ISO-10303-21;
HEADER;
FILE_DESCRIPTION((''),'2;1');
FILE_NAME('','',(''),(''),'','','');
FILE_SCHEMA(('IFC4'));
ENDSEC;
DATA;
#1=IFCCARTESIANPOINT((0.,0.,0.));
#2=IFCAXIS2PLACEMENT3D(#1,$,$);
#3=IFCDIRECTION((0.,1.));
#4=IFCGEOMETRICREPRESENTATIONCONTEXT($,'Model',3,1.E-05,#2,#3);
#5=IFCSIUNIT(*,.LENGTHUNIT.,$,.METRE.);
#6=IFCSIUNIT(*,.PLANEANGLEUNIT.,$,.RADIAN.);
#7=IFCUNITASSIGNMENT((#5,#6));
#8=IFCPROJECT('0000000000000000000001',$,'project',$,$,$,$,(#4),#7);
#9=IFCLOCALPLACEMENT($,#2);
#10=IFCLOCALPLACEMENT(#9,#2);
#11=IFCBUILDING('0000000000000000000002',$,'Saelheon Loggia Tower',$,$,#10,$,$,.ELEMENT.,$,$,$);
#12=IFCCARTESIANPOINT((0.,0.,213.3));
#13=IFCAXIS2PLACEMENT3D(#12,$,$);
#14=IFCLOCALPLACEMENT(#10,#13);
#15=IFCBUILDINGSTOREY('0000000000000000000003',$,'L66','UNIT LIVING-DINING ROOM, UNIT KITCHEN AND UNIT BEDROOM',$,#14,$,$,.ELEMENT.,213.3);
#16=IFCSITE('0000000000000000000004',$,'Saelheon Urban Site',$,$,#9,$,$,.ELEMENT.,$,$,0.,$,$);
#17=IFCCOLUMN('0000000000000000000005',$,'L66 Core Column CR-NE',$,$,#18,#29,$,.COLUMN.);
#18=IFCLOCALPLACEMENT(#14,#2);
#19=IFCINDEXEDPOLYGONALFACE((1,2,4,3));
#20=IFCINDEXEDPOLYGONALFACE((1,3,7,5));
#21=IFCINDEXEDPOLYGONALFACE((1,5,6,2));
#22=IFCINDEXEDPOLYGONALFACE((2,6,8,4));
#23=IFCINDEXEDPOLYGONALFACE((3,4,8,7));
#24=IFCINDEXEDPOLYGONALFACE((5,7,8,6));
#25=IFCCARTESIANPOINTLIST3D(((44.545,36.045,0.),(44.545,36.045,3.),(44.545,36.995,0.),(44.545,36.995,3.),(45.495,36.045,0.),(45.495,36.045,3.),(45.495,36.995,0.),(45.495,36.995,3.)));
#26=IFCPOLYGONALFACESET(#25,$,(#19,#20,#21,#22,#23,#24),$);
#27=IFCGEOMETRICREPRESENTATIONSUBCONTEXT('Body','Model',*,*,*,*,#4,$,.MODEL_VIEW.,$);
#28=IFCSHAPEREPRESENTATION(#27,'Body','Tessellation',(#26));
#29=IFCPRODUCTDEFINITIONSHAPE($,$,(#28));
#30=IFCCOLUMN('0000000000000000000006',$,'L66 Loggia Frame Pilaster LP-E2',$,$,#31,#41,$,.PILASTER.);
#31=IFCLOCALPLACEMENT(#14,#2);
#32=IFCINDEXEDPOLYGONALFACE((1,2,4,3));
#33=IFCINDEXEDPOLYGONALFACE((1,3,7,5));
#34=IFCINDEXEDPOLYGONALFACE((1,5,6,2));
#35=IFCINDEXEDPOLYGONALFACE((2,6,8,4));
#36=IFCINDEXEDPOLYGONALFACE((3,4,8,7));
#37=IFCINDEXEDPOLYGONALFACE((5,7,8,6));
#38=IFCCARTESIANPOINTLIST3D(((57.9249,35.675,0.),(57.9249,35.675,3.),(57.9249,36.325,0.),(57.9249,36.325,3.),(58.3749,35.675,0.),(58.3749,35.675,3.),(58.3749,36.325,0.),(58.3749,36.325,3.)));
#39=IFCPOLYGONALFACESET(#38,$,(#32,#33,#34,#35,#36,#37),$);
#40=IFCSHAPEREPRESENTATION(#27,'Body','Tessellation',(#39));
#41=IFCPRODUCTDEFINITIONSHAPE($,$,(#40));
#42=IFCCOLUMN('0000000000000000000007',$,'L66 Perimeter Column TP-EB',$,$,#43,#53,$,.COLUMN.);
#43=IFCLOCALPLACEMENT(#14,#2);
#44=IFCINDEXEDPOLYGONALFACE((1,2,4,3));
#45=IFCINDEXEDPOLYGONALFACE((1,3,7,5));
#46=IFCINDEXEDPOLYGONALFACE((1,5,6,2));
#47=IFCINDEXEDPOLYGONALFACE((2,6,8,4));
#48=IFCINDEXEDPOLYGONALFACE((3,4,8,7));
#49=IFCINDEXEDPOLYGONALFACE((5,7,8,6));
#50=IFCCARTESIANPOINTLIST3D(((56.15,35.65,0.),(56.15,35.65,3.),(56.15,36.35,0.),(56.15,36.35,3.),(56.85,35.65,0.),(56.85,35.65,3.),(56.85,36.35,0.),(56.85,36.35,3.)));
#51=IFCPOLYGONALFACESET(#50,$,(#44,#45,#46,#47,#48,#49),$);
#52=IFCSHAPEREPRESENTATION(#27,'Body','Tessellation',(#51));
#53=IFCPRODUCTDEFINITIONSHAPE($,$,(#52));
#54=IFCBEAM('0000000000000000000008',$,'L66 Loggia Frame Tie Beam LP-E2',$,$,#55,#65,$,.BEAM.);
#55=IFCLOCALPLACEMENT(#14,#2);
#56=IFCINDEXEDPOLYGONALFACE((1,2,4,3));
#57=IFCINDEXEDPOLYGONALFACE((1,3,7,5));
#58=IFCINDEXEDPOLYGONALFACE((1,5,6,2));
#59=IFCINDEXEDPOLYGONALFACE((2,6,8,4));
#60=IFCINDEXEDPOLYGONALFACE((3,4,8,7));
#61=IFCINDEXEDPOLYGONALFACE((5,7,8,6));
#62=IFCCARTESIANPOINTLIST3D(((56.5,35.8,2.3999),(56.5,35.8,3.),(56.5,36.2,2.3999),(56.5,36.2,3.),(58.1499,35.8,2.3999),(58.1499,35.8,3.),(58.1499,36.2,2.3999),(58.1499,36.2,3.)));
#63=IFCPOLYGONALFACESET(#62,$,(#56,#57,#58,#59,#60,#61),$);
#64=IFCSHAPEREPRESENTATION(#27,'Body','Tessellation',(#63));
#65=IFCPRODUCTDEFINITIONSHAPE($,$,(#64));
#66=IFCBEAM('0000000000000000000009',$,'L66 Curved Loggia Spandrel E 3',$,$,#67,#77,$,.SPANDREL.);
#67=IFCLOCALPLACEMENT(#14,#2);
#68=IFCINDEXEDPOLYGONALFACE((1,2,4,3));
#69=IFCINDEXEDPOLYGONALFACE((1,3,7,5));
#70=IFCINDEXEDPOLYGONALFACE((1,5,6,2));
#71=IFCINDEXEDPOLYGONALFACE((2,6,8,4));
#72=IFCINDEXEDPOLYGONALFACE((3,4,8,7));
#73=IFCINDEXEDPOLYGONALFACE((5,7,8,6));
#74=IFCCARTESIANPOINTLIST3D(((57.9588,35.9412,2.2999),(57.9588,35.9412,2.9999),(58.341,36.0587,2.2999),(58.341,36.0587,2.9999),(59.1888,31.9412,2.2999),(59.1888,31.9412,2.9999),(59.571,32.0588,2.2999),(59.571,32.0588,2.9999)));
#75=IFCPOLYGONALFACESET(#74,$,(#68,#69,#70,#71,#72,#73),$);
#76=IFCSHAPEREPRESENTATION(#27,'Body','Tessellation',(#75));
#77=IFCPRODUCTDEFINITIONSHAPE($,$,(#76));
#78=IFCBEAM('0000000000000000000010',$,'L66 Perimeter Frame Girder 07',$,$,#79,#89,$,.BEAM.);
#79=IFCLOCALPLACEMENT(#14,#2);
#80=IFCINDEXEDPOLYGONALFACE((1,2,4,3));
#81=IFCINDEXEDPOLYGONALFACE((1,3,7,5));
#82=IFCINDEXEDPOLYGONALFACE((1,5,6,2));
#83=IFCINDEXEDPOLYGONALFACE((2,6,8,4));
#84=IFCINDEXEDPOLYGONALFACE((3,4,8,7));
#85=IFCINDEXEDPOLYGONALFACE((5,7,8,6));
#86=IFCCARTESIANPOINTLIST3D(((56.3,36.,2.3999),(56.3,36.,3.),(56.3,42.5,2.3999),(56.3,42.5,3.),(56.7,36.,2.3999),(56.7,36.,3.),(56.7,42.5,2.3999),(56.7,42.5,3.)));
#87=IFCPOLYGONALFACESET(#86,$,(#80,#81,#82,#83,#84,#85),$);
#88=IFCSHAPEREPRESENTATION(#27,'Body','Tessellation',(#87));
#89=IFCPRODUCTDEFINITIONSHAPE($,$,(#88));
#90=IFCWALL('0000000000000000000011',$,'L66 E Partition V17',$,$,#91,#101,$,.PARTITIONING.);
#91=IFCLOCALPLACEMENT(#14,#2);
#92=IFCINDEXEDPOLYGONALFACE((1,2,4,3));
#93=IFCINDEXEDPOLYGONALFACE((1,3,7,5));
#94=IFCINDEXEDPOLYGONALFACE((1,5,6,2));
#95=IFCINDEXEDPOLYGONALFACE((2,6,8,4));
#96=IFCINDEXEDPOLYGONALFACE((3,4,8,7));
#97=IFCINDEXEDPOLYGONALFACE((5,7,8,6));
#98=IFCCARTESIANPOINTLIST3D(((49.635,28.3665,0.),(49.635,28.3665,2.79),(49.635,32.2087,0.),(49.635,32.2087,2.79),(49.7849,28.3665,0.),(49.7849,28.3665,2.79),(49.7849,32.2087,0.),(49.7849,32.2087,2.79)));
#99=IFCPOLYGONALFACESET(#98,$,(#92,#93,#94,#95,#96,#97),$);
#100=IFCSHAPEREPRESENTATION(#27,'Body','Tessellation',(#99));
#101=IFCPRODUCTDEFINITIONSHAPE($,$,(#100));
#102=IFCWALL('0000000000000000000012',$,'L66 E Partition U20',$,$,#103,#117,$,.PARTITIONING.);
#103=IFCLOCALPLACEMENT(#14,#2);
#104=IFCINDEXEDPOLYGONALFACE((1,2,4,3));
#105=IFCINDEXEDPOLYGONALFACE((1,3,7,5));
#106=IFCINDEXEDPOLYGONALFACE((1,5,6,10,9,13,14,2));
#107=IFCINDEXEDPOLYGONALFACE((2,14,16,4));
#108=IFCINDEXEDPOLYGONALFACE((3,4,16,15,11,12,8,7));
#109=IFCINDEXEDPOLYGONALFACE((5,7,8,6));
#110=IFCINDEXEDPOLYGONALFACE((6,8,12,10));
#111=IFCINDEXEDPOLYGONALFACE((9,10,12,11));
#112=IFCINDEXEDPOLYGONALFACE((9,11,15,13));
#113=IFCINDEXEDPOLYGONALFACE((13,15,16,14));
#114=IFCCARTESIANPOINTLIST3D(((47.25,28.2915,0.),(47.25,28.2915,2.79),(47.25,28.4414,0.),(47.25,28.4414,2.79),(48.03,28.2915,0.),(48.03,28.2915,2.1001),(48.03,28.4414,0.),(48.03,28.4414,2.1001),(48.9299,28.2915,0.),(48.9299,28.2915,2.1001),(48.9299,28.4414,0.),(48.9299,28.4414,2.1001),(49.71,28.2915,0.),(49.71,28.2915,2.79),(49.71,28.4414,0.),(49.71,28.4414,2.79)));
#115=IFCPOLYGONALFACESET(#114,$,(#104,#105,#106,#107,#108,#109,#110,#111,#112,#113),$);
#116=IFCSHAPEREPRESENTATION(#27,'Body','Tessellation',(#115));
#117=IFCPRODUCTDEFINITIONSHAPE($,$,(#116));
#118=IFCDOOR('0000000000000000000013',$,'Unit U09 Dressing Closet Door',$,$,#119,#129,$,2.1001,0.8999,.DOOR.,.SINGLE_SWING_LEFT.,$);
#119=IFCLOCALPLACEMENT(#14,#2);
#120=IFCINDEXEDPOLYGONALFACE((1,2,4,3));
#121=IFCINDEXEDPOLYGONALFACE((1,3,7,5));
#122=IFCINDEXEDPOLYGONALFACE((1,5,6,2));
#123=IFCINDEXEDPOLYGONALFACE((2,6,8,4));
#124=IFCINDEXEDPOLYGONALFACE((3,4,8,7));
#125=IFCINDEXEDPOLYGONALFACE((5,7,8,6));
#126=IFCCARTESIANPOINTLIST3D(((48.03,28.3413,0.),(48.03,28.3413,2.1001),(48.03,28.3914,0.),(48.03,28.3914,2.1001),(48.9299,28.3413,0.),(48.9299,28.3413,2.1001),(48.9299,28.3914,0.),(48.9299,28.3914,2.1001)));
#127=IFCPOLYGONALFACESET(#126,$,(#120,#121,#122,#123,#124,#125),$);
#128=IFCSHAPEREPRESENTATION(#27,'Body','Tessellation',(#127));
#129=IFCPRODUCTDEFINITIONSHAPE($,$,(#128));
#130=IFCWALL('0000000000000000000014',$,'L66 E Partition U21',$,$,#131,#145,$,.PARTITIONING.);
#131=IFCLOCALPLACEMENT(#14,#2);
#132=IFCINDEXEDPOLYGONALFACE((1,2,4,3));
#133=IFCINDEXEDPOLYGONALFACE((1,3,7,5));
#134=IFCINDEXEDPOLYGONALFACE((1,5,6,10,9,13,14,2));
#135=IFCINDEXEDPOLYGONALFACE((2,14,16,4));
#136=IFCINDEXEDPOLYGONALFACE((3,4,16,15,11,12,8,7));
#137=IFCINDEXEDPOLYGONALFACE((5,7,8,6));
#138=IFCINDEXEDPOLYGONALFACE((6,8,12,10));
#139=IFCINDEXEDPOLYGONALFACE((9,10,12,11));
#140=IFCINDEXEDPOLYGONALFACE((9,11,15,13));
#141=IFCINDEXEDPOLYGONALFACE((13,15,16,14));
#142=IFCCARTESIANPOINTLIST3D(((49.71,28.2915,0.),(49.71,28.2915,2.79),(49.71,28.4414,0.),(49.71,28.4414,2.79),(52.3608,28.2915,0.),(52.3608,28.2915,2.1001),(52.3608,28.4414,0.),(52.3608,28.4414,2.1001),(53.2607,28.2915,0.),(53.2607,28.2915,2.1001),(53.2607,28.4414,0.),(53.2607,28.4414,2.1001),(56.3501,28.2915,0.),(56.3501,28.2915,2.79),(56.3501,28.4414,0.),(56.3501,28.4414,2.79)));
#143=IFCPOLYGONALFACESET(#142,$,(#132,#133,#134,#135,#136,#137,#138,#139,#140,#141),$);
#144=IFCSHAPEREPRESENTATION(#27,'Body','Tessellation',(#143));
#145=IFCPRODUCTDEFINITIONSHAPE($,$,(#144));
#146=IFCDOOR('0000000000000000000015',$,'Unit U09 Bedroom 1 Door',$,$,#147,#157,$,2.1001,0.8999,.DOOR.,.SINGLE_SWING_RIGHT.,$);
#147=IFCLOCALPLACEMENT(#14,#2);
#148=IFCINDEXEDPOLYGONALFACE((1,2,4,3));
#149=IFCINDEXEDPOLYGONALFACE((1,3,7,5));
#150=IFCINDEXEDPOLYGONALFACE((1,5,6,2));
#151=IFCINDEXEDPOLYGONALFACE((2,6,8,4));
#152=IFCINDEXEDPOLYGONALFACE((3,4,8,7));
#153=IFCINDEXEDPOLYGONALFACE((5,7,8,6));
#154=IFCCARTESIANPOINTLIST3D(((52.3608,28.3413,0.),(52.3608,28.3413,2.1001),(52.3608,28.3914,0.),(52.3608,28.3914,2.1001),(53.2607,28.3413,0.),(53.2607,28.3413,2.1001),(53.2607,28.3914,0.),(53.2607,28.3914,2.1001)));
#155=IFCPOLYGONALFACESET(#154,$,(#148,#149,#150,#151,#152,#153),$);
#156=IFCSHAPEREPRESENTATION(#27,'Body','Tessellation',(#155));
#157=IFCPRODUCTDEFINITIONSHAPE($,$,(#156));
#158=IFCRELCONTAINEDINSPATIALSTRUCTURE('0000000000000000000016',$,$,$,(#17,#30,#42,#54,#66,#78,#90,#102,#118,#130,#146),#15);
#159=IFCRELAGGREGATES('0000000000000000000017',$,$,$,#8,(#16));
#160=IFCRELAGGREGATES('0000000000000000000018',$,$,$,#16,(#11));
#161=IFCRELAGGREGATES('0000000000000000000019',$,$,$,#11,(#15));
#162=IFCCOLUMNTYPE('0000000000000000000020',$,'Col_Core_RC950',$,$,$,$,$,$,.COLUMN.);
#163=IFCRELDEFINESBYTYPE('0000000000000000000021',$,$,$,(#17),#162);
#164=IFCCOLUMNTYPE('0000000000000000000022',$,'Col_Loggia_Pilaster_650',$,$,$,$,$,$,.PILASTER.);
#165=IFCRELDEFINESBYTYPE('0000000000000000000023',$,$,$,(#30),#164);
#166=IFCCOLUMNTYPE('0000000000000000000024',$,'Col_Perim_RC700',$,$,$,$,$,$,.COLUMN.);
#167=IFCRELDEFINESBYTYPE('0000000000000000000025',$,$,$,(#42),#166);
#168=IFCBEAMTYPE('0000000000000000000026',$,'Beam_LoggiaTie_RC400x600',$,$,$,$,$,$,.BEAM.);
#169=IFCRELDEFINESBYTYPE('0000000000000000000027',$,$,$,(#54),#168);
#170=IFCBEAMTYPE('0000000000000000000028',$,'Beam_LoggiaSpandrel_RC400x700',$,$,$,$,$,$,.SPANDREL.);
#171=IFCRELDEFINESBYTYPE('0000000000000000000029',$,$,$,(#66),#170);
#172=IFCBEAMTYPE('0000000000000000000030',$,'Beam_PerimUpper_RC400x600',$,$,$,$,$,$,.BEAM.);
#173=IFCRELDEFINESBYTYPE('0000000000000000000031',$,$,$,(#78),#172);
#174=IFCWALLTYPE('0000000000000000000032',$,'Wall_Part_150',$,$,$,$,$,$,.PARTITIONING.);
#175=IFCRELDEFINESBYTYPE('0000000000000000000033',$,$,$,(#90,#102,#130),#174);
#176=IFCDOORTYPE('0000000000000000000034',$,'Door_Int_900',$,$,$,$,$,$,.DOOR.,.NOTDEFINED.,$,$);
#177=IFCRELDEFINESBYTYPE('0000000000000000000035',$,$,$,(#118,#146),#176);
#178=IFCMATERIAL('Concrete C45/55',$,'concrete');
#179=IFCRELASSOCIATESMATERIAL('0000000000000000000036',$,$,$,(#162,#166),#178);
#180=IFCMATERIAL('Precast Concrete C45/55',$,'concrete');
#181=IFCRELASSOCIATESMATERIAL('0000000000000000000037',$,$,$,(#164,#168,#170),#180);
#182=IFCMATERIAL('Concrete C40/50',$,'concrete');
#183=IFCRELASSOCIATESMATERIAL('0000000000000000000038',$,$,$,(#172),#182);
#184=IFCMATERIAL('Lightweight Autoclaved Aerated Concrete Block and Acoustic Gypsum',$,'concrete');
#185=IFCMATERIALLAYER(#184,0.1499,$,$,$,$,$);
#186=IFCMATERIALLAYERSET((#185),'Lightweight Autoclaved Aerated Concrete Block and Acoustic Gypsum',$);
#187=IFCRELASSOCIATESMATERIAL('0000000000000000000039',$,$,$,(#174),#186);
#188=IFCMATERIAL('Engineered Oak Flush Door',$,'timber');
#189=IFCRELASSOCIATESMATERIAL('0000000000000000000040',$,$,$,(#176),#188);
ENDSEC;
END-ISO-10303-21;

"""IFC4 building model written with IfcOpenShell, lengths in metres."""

from ifc_helpers import new_model, si_unit, direction, frame, frame_2d, origin, origin_2d, place, context, subcontext, project, spatial, rectangle, extrude, source, transform, mapped, material, layer, layer_set, material_profile, profile_set, type_object, element, fill, save


model = new_model("IFC4")

# Units and contexts
model_context = context("Model", 3, precision=1e-05, world=origin(), true_north=direction((0.0, 1.0)))
body_context = subcontext(model_context, "Body", "Model", "MODEL_VIEW")
ifc_project = project(units=[si_unit("LENGTHUNIT", "METRE"), si_unit("PLANEANGLEUNIT", "RADIAN")], contexts=[model_context])

# Site, building, storey
site_placement = place(None, origin())
site = spatial("IfcSite", under=ifc_project, at=site_placement, Name="Saelheon Urban Site", CompositionType="ELEMENT", RefElevation=0.0)
building_placement = place(site_placement, origin())
building = spatial("IfcBuilding", under=site, at=building_placement, Name="Saelheon Loggia Tower", CompositionType="ELEMENT")
storey_placement = place(building_placement, frame((0.0, 0.0, 213.3)))
storey = spatial("IfcBuildingStorey", under=building, at=storey_placement, Name="L66", Description="UNIT LIVING-DINING ROOM, UNIT KITCHEN AND UNIT BEDROOM", CompositionType="ELEMENT", Elevation=213.3)

# Columns
ifc_material_1 = material(Name="Concrete C45/55", Category="concrete")
ifc_material_profile_1 = material_profile(ifc_material_1, rectangle(XDim=0.95, YDim=0.95, at=origin_2d()), Name="RC-950x950")
ifc_profile_set_1 = profile_set([ifc_material_profile_1], Name="Concrete C45/55")
column_type_1 = type_object("IfcColumnType", Name="Col_Core_RC950", PredefinedType="COLUMN", material=ifc_profile_set_1)
shared_shape_1 = source(origin(), body_context, "Body", "SweptSolid", [
    extrude(rectangle(XDim=0.95, YDim=0.95, at=origin_2d()), origin(), (0.0, 0.0, 1.0), 3.0),
])
column_1_placement = place(storey_placement, frame((45.02, 36.52, 0.0), z_axis=(0.0, 0.0, 1.0), x_axis=(1.0, 0.0, 0.0)))
element("IfcColumn", 1, at=column_1_placement, inside=storey, type_object=column_type_1, Name="L66 Core Column CR-NE", PredefinedType="COLUMN", context=body_context, shape_type="MappedRepresentation", body=[
    mapped(shared_shape_1, transform((0.0, 0.0, 0.0), scale=1.0)),
])
ifc_material_2 = material(Name="Precast Concrete C45/55", Category="concrete")
ifc_material_profile_2 = material_profile(ifc_material_2, rectangle(XDim=0.45, YDim=0.6499, at=origin_2d()), Name="RC-450x650")
ifc_profile_set_2 = profile_set([ifc_material_profile_2], Name="Precast Concrete C45/55")
column_type_2 = type_object("IfcColumnType", Name="Col_Loggia_Pilaster_650", PredefinedType="PILASTER", material=ifc_profile_set_2)
shared_shape_2 = source(origin(), body_context, "Body", "SweptSolid", [
    extrude(rectangle(XDim=0.45, YDim=0.6499, at=origin_2d()), origin(), (0.0, 0.0, 1.0), 3.0),
])
column_2_placement = place(storey_placement, frame((58.1499, 36.0, 0.0), z_axis=(0.0, 0.0, 1.0), x_axis=(1.0, 0.0, 0.0)))
element("IfcColumn", 2, at=column_2_placement, inside=storey, type_object=column_type_2, Name="L66 Loggia Frame Pilaster LP-E2", PredefinedType="PILASTER", context=body_context, shape_type="MappedRepresentation", body=[
    mapped(shared_shape_2, transform((0.0, 0.0, 0.0), scale=1.0)),
])
ifc_material_profile_3 = material_profile(ifc_material_1, rectangle(XDim=0.7, YDim=0.7, at=origin_2d()), Name="RC-700x700")
ifc_profile_set_3 = profile_set([ifc_material_profile_3], Name="Concrete C45/55")
column_type_3 = type_object("IfcColumnType", Name="Col_Perim_RC700", PredefinedType="COLUMN", material=ifc_profile_set_3)
shared_shape_3 = source(origin(), body_context, "Body", "SweptSolid", [
    extrude(rectangle(XDim=0.7, YDim=0.7, at=origin_2d()), origin(), (0.0, 0.0, 1.0), 3.0),
])
column_3_placement = place(storey_placement, frame((56.5, 36.0, 0.0), z_axis=(0.0, 0.0, 1.0), x_axis=(1.0, 0.0, 0.0)))
element("IfcColumn", 3, at=column_3_placement, inside=storey, type_object=column_type_3, Name="L66 Perimeter Column TP-EB", PredefinedType="COLUMN", context=body_context, shape_type="MappedRepresentation", body=[
    mapped(shared_shape_3, transform((0.0, 0.0, 0.0), scale=1.0)),
])

# Beams
ifc_material_profile_4 = material_profile(ifc_material_2, rectangle(XDim=0.3999, YDim=0.6001, at=origin_2d()), Name="RC-400x600")
ifc_profile_set_4 = profile_set([ifc_material_profile_4], Name="Precast Concrete C45/55")
beam_type_1 = type_object("IfcBeamType", Name="Beam_LoggiaTie_RC400x600", PredefinedType="BEAM", material=ifc_profile_set_4)
shared_shape_4 = source(origin(), body_context, "Body", "SweptSolid", [
    extrude(rectangle(XDim=0.3999, YDim=0.6001, at=origin_2d()), origin(), (0.0, 0.0, 1.0), 1.6499),
])
beam_1_placement = place(storey_placement, frame((56.5, 36.0, 2.7), z_axis=(1.0, 0.0, 0.0), x_axis=(0.0, 1.0, 0.0)))
element("IfcBeam", 4, at=beam_1_placement, inside=storey, type_object=beam_type_1, Name="L66 Loggia Frame Tie Beam LP-E2", PredefinedType="BEAM", context=body_context, shape_type="MappedRepresentation", body=[
    mapped(shared_shape_4, transform((0.0, 0.0, 0.0), scale=1.0)),
])
ifc_material_profile_5 = material_profile(ifc_material_2, rectangle(XDim=0.3999, YDim=0.7, at=origin_2d()), Name="RC-400x700")
ifc_profile_set_5 = profile_set([ifc_material_profile_5], Name="Precast Concrete C45/55")
beam_type_2 = type_object("IfcBeamType", Name="Beam_LoggiaSpandrel_RC400x700", PredefinedType="SPANDREL", material=ifc_profile_set_5)
shared_shape_5 = source(origin(), body_context, "Body", "SweptSolid", [
    extrude(rectangle(XDim=0.3999, YDim=0.7, at=origin_2d()), origin(), (0.0, 0.0, 1.0), 4.1848),
])
beam_2_placement = place(storey_placement, frame((59.3799, 32.0, 2.6499), z_axis=(-0.293914, 0.955832, 0.0), x_axis=(-0.955832, -0.293914, 0.0)))
element("IfcBeam", 5, at=beam_2_placement, inside=storey, type_object=beam_type_2, Name="L66 Curved Loggia Spandrel E 3", PredefinedType="SPANDREL", context=body_context, shape_type="MappedRepresentation", body=[
    mapped(shared_shape_5, transform((0.0, 0.0, 0.0), scale=1.0)),
])
ifc_material_3 = material(Name="Concrete C40/50", Category="concrete")
ifc_material_profile_6 = material_profile(ifc_material_3, rectangle(XDim=0.3999, YDim=0.6001, at=origin_2d()), Name="RC-400x600")
ifc_profile_set_6 = profile_set([ifc_material_profile_6], Name="Concrete C40/50")
beam_type_3 = type_object("IfcBeamType", Name="Beam_PerimUpper_RC400x600", PredefinedType="BEAM", material=ifc_profile_set_6)
shared_shape_6 = source(origin(), body_context, "Body", "SweptSolid", [
    extrude(rectangle(XDim=0.3999, YDim=0.6001, at=origin_2d()), origin(), (0.0, 0.0, 1.0), 6.5),
])
beam_3_placement = place(storey_placement, frame((56.5, 36.0, 2.7), z_axis=(0.0, 1.0, 0.0), x_axis=(-1.0, 0.0, 0.0)))
element("IfcBeam", 6, at=beam_3_placement, inside=storey, type_object=beam_type_3, Name="L66 Perimeter Frame Girder 07", PredefinedType="BEAM", context=body_context, shape_type="MappedRepresentation", body=[
    mapped(shared_shape_6, transform((0.0, 0.0, 0.0), scale=1.0)),
])

# Wall
ifc_material_4 = material(Name="Lightweight Autoclaved Aerated Concrete Block and Acoustic Gypsum", Category="concrete")
ifc_layer_1 = layer(ifc_material_4, 0.1499)
ifc_layer_set_1 = layer_set([ifc_layer_1], Name="Lightweight Autoclaved Aerated Concrete Block and Acoustic Gypsum")
wall_type_1 = type_object("IfcWallType", Name="Wall_Part_150", PredefinedType="PARTITIONING", material=ifc_layer_set_1)
wall_1_placement = place(storey_placement, frame((49.71, 28.3665, 0.0), z_axis=(0.0, 0.0, 1.0), x_axis=(0.0, 1.0, 0.0)))
element("IfcWall", 7, at=wall_1_placement, inside=storey, type_object=wall_type_1, Name="L66 E Partition V17", PredefinedType="PARTITIONING", context=body_context, shape_type="SweptSolid", body=[
    extrude(rectangle(XDim=3.8423, YDim=0.1499, at=frame_2d((1.9211, 0.0))), origin(), (0.0, 0.0, 1.0), 2.79),
])

# Walls, openings, doors
wall_2_placement = place(storey_placement, frame((47.25, 28.3665, 0.0), z_axis=(0.0, 0.0, 1.0), x_axis=(1.0, 0.0, 0.0)))
wall_2 = element("IfcWall", 8, at=wall_2_placement, inside=storey, type_object=wall_type_1, Name="L66 E Partition U20", PredefinedType="PARTITIONING", context=body_context, shape_type="SweptSolid", body=[
    extrude(rectangle(XDim=2.46, YDim=0.1499, at=frame_2d((1.23, 0.0))), origin(), (0.0, 0.0, 1.0), 2.79),
])
opening_1_placement = place(wall_2_placement, frame((0.78, 0.0, 0.0)))
opening_1 = element("IfcOpeningElement", 9, at=opening_1_placement, cuts=wall_2, PredefinedType="OPENING", context=body_context, shape_type="SweptSolid", body=[
    extrude(rectangle(XDim=0.8999, YDim=2.1001, at=frame_2d((0.45, 1.05))), frame((0.0, 0.0869, 0.0), z_axis=(0.0, -1.0, 0.0), x_axis=(1.0, 0.0, 0.0)), (0.0, 0.0, 1.0), 0.1738),
])
ifc_material_5 = material(Name="Engineered Oak Flush Door", Category="timber")
door_type_1 = type_object("IfcDoorType", Name="Door_Int_900", OperationType="NOTDEFINED", PredefinedType="DOOR", material=ifc_material_5)
shared_shape_7 = source(origin(), body_context, "Body", "SweptSolid", [
    extrude(rectangle(XDim=0.8999, YDim=2.1001, at=frame_2d((0.45, 1.05))), frame((0.0, 0.0249, 0.0), z_axis=(0.0, -1.0, 0.0), x_axis=(1.0, 0.0, 0.0)), (0.0, 0.0, 1.0), 0.05),
])
door_1_placement = place(opening_1_placement, origin())
door_1 = element("IfcDoor", 10, at=door_1_placement, inside=storey, type_object=door_type_1, Name="Unit U09 Dressing Closet Door", OperationType="SINGLE_SWING_LEFT", OverallHeight=2.1001, OverallWidth=0.8999, PredefinedType="DOOR", context=body_context, shape_type="MappedRepresentation", body=[
    mapped(shared_shape_7, transform((0.0, 0.0, 0.0), scale=1.0)),
])
fill(opening_1, door_1)
wall_3_placement = place(storey_placement, frame((49.71, 28.3665, 0.0), z_axis=(0.0, 0.0, 1.0), x_axis=(1.0, 0.0, 0.0)))
wall_3 = element("IfcWall", 11, at=wall_3_placement, inside=storey, type_object=wall_type_1, Name="L66 E Partition U21", PredefinedType="PARTITIONING", context=body_context, shape_type="SweptSolid", body=[
    extrude(rectangle(XDim=6.6401, YDim=0.1499, at=frame_2d((3.3201, 0.0))), origin(), (0.0, 0.0, 1.0), 2.79),
])
opening_2_placement = place(wall_3_placement, frame((2.6509, 0.0, 0.0)))
opening_2 = element("IfcOpeningElement", 12, at=opening_2_placement, cuts=wall_3, PredefinedType="OPENING", context=body_context, shape_type="SweptSolid", body=[
    extrude(rectangle(XDim=0.8999, YDim=2.1001, at=frame_2d((0.45, 1.05))), frame((0.0, 0.0869, 0.0), z_axis=(0.0, -1.0, 0.0), x_axis=(1.0, 0.0, 0.0)), (0.0, 0.0, 1.0), 0.1738),
])
door_2_placement = place(opening_2_placement, origin())
door_2 = element("IfcDoor", 13, at=door_2_placement, inside=storey, type_object=door_type_1, Name="Unit U09 Bedroom 1 Door", OperationType="SINGLE_SWING_RIGHT", OverallHeight=2.1001, OverallWidth=0.8999, PredefinedType="DOOR", context=body_context, shape_type="MappedRepresentation", body=[
    mapped(shared_shape_7, transform((0.0, 0.0, 0.0), scale=1.0)),
])
fill(opening_2, door_2)

save(model, "model.ifc")
